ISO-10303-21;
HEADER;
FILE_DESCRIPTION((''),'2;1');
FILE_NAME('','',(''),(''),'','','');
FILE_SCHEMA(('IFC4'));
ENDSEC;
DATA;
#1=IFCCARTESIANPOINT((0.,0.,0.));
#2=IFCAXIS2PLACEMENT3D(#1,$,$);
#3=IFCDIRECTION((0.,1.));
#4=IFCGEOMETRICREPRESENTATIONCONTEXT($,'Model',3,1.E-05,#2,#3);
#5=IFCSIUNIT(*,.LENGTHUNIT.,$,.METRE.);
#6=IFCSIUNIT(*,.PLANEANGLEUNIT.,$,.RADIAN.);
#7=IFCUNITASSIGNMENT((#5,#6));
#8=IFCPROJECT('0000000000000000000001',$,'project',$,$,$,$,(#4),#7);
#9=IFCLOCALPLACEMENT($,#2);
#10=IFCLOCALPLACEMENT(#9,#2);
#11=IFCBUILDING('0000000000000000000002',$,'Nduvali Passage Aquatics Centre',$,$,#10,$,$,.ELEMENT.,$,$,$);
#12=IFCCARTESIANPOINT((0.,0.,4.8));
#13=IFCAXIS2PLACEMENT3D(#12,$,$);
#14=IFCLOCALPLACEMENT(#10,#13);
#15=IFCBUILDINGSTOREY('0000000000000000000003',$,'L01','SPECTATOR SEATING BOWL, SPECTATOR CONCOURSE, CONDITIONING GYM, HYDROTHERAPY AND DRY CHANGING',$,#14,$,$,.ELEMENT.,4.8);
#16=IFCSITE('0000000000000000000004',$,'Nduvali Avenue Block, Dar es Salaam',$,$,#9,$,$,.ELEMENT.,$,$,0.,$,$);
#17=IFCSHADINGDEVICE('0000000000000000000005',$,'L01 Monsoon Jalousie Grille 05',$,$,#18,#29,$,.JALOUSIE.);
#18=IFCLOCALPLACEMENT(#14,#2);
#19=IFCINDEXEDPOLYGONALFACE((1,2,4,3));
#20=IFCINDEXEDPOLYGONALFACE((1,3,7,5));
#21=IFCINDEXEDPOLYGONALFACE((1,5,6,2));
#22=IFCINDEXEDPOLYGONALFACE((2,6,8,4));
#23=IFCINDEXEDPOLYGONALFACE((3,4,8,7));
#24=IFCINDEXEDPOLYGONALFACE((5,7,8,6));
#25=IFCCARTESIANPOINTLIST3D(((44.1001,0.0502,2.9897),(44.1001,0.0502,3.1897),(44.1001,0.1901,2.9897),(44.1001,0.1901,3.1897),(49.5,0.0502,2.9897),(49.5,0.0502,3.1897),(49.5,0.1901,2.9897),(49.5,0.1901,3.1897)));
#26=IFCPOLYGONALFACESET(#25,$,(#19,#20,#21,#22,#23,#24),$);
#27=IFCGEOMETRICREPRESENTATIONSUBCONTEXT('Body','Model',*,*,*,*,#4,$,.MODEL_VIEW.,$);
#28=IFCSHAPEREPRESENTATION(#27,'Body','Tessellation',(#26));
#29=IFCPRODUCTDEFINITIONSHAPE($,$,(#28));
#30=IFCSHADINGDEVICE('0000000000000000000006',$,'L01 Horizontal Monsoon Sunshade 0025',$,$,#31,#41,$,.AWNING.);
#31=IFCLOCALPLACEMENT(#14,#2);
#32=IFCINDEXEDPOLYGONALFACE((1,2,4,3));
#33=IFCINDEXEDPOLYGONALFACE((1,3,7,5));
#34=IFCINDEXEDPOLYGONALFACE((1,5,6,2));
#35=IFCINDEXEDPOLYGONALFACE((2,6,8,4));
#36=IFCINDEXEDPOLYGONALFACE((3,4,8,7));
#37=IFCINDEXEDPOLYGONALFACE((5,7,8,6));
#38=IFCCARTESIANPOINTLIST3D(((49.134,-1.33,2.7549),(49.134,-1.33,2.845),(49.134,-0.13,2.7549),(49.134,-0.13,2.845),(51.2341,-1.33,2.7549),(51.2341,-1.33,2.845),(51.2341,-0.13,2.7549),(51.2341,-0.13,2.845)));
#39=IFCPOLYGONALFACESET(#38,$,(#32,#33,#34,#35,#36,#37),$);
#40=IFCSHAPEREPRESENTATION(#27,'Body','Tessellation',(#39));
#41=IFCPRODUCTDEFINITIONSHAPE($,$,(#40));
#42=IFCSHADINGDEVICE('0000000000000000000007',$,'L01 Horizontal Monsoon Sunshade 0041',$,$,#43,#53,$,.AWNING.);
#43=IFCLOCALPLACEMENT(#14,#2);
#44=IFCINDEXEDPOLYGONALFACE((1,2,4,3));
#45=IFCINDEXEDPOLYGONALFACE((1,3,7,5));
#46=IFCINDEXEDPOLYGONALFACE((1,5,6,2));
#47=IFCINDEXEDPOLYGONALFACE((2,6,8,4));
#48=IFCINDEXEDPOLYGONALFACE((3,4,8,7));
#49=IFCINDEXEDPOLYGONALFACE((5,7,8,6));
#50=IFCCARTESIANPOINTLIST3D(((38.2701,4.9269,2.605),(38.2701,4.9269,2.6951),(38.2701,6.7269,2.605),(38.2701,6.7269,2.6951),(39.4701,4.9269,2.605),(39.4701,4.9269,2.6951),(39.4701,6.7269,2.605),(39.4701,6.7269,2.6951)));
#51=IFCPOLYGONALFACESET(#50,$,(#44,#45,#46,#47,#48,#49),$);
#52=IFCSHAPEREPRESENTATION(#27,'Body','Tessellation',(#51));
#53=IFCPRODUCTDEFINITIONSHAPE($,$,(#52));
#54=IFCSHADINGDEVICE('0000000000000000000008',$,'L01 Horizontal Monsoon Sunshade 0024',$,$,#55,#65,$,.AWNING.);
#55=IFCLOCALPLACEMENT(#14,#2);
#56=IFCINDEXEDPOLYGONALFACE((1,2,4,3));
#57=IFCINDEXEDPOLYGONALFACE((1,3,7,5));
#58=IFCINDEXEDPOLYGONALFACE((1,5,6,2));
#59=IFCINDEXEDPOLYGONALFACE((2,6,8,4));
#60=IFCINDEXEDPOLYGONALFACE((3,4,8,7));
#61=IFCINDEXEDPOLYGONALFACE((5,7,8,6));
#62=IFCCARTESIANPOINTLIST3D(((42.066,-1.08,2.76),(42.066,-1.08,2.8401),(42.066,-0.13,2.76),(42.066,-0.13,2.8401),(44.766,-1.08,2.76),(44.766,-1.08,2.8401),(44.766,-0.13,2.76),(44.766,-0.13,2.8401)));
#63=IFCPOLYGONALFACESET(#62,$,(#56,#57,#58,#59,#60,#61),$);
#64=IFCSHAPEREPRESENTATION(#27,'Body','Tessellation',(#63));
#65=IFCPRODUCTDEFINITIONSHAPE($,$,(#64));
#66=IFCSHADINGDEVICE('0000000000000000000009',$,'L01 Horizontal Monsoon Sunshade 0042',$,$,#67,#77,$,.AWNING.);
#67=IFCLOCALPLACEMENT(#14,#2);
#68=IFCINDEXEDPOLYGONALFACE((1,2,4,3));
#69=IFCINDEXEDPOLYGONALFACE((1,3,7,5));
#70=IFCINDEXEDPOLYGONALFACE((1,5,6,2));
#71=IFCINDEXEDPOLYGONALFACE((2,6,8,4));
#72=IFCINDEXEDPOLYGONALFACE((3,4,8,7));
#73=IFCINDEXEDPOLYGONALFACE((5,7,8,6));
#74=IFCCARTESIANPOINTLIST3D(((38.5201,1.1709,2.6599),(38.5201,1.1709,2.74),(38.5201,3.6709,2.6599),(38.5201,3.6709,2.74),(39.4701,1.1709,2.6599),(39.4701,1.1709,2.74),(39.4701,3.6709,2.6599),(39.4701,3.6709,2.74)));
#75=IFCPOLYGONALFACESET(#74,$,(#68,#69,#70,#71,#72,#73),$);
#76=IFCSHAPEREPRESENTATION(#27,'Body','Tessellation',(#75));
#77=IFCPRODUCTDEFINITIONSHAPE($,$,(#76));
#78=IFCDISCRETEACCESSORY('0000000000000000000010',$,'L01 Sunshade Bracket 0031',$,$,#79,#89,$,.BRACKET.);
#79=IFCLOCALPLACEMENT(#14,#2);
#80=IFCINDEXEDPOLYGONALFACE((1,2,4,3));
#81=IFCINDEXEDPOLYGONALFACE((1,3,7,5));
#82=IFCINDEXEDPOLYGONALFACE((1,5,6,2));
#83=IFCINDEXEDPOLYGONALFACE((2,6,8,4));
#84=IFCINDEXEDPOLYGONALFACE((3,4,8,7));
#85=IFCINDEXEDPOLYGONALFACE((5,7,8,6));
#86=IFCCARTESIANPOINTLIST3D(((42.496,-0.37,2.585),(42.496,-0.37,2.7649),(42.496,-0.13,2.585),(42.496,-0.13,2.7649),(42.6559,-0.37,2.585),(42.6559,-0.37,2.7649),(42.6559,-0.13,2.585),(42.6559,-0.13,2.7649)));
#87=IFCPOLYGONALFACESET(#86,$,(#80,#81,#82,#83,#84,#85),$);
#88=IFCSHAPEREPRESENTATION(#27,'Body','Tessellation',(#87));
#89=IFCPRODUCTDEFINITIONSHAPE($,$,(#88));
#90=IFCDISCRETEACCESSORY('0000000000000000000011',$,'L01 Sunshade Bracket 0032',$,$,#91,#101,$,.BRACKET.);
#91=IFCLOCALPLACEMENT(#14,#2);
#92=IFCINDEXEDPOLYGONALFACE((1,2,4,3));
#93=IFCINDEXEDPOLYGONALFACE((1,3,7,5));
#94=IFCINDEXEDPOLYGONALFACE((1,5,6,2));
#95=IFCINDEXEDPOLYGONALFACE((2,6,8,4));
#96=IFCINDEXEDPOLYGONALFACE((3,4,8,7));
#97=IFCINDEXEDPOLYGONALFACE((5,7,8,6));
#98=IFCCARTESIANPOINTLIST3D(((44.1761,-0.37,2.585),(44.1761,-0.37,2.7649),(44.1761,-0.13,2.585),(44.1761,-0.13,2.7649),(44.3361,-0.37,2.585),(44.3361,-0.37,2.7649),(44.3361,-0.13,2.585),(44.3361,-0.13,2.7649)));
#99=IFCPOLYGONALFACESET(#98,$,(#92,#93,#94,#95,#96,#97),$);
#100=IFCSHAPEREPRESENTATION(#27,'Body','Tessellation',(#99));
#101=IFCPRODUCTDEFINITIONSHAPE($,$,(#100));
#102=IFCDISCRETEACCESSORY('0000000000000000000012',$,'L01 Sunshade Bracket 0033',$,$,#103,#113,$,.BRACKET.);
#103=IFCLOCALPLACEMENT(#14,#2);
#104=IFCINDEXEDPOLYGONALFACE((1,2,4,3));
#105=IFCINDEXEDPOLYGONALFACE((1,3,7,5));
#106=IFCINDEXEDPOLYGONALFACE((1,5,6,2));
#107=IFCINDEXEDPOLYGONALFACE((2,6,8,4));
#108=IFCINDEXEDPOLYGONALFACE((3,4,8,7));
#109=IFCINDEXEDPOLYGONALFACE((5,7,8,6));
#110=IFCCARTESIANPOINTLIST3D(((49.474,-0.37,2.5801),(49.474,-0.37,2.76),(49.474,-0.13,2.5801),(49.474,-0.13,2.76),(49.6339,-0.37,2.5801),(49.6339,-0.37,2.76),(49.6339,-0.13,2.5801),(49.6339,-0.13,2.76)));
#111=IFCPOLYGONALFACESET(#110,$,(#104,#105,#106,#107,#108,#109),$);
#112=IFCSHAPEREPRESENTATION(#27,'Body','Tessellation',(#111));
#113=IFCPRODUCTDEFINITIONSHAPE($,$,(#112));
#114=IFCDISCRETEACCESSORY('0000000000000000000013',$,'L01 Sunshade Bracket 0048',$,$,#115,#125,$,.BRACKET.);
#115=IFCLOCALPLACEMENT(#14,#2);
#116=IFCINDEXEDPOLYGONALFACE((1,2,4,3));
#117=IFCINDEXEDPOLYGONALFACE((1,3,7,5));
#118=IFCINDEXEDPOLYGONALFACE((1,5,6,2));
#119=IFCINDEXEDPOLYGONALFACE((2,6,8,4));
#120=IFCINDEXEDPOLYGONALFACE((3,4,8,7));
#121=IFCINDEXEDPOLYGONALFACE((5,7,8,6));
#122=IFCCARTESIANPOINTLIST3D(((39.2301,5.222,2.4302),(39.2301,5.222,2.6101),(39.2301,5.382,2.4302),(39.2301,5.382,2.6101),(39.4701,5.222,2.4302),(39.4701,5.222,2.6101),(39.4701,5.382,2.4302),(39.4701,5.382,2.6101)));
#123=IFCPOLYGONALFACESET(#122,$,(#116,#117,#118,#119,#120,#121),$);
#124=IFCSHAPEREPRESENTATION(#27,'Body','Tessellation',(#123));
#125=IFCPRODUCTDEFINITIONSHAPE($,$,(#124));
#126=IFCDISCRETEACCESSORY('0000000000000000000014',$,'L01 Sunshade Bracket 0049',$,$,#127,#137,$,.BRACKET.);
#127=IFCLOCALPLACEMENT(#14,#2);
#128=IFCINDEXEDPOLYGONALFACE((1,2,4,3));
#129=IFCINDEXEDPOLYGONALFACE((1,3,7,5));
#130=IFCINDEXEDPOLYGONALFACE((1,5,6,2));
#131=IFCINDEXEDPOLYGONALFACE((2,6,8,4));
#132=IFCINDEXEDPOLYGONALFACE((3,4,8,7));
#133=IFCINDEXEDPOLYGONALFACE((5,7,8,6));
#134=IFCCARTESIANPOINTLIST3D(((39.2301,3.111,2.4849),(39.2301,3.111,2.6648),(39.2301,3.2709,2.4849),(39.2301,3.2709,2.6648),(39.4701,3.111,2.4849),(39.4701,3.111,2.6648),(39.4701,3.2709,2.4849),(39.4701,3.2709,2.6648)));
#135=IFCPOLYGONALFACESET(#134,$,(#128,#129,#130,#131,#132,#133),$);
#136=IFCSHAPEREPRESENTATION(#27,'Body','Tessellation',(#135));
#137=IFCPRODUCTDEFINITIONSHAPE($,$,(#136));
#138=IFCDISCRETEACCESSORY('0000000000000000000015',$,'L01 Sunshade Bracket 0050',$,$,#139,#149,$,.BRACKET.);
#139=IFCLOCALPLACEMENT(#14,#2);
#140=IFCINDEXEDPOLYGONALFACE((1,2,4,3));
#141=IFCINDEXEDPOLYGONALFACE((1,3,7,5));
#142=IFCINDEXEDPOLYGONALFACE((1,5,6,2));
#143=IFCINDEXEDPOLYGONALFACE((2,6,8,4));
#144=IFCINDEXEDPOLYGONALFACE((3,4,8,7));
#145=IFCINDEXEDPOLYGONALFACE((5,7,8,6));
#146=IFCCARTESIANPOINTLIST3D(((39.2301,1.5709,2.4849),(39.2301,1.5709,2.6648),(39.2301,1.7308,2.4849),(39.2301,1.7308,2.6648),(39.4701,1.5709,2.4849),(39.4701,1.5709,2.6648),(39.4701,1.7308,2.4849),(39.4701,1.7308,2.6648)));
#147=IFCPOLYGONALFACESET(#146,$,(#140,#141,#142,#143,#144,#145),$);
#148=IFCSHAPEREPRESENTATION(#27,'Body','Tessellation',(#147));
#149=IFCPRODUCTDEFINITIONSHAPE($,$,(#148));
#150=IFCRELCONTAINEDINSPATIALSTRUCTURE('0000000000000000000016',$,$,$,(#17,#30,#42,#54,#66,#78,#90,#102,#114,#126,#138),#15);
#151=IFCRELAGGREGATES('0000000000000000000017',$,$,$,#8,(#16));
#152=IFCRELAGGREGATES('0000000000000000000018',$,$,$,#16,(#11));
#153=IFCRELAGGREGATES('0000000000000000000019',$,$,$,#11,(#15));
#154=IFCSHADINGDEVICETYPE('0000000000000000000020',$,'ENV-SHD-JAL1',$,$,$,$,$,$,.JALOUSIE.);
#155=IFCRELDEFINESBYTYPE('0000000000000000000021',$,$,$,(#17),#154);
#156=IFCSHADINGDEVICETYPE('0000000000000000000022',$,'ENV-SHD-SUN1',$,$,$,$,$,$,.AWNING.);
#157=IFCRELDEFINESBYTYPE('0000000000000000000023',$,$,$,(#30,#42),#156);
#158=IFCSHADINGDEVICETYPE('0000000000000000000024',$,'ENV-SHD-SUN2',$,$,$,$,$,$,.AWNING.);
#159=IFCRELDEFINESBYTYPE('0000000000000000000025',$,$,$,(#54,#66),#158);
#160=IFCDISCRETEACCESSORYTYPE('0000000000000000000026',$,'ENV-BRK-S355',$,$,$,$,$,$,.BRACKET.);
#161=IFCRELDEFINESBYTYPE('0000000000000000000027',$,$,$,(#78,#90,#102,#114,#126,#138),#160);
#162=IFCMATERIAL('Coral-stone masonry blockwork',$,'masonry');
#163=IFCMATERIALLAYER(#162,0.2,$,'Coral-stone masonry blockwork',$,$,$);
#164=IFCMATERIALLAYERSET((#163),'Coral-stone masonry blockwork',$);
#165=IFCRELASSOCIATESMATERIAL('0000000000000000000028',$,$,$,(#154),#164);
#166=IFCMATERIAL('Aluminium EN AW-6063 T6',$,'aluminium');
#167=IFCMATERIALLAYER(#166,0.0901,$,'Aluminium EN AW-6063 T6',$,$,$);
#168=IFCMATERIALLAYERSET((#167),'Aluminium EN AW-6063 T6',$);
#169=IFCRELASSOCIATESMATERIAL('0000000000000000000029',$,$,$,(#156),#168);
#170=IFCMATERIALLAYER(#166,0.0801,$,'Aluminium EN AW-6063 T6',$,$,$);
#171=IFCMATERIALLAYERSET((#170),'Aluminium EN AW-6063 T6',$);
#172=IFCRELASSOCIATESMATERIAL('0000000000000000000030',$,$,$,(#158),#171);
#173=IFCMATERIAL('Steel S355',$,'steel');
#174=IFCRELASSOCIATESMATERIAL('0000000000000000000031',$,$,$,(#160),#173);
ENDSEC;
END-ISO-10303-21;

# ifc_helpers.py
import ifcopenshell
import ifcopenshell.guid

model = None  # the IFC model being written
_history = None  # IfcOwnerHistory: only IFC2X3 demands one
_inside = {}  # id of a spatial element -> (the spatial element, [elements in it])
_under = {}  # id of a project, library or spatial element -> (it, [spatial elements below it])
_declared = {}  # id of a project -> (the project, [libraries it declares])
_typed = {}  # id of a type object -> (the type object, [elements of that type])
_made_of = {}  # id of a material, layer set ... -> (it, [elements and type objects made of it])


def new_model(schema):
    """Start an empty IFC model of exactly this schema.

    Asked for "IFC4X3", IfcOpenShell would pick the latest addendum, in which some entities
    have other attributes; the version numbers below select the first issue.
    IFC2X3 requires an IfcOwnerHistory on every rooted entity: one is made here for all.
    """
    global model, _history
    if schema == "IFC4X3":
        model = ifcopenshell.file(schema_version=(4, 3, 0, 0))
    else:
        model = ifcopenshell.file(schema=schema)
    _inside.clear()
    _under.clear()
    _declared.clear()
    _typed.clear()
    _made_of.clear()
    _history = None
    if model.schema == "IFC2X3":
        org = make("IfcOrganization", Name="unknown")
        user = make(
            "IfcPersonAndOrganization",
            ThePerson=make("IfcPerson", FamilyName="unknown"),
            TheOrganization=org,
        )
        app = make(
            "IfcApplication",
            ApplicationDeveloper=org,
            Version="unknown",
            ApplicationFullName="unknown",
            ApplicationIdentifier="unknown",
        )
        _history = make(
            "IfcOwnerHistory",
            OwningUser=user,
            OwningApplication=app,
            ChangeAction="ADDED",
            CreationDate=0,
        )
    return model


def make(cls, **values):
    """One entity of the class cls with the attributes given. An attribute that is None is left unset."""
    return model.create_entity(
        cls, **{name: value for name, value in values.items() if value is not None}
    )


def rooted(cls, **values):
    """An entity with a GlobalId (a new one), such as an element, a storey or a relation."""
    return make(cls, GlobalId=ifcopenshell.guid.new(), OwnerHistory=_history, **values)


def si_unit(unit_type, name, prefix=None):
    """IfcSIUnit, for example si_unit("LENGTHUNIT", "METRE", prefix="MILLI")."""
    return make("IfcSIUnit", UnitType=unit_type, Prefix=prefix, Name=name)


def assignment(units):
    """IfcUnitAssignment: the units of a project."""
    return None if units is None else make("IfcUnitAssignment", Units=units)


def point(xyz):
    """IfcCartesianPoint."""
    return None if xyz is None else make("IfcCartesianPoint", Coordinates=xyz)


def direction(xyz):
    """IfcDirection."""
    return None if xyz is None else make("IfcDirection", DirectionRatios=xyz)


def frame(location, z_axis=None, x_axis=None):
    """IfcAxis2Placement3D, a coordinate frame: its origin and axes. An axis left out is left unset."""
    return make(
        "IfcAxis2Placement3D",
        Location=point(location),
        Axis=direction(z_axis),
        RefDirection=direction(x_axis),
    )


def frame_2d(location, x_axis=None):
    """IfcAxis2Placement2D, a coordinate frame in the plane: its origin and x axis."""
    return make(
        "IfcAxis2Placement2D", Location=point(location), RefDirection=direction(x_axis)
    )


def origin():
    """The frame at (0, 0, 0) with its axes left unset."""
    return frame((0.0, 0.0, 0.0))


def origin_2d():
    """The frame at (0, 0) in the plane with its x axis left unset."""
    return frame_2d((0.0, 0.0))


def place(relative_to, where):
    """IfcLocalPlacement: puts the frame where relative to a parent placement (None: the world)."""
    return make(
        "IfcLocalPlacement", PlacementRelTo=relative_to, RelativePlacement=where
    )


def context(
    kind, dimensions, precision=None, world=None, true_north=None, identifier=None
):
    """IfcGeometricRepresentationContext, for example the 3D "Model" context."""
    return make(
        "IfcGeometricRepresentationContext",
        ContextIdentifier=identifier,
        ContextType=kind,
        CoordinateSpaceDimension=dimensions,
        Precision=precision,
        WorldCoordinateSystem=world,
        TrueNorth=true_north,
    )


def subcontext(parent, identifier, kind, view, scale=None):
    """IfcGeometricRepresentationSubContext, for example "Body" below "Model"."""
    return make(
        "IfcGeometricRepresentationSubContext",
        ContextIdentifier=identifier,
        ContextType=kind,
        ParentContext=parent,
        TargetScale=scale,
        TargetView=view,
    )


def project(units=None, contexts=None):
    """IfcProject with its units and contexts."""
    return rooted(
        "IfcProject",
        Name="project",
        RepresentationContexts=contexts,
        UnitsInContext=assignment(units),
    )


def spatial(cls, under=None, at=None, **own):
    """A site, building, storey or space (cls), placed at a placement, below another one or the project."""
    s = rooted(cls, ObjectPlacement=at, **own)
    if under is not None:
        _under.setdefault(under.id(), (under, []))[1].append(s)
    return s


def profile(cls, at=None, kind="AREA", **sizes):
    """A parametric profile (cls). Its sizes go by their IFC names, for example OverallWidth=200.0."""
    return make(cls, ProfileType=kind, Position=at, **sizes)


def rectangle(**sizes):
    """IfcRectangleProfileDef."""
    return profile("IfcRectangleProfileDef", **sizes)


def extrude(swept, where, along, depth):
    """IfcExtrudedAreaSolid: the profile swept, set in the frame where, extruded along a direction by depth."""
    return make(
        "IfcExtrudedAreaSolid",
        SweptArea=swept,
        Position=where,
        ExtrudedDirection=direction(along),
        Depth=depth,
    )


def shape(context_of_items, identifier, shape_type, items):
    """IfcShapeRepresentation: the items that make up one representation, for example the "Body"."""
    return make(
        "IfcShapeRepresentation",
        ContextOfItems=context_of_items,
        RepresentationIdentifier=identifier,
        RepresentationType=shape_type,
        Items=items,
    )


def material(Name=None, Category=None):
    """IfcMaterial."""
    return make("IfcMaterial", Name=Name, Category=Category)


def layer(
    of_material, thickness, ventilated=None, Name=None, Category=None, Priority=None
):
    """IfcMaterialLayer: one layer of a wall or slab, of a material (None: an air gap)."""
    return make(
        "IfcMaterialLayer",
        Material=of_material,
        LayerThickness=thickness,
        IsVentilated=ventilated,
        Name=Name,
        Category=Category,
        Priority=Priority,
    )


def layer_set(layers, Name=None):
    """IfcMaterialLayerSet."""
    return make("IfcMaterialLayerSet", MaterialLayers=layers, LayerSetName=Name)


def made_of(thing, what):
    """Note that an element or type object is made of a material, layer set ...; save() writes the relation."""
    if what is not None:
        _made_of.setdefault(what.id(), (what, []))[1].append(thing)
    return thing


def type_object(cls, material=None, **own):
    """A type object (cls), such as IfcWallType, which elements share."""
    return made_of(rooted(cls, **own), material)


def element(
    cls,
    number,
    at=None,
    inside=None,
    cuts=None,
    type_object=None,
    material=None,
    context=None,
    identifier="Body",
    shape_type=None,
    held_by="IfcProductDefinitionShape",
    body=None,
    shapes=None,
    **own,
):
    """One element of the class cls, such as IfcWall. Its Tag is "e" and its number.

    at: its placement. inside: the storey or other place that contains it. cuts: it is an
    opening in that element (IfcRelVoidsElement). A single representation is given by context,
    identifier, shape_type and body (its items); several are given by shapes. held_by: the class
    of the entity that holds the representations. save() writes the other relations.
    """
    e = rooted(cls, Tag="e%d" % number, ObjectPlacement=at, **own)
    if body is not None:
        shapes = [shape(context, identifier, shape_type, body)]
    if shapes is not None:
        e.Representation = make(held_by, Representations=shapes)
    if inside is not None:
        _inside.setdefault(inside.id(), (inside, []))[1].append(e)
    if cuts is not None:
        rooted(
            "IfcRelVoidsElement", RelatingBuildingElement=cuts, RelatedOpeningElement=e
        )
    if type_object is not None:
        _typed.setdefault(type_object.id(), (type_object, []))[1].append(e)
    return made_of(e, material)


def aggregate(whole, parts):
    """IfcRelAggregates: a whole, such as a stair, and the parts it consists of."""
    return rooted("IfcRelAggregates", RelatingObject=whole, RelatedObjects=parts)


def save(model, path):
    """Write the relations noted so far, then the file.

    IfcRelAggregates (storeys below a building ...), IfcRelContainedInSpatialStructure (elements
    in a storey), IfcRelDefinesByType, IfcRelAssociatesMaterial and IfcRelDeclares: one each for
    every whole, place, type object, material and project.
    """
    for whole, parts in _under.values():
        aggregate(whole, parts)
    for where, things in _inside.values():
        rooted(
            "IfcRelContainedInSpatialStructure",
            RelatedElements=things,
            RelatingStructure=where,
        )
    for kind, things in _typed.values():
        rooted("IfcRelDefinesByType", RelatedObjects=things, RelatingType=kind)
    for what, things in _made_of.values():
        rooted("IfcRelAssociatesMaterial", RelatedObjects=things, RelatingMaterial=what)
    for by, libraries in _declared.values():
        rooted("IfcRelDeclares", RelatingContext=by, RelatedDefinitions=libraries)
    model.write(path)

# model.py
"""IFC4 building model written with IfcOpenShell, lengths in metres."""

from ifc_helpers import new_model, si_unit, direction, frame, origin, origin_2d, place, context, subcontext, project, spatial, rectangle, extrude, material, layer, layer_set, type_object, element, save


model = new_model("IFC4")

# Units and contexts
model_context = context("Model", 3, precision=1e-05, world=origin(), true_north=direction((0.0, 1.0)))
body_context = subcontext(model_context, "Body", "Model", "MODEL_VIEW")
ifc_project = project(units=[si_unit("LENGTHUNIT", "METRE"), si_unit("PLANEANGLEUNIT", "RADIAN")], contexts=[model_context])

# Site, building, storey
site_placement = place(None, origin())
site = spatial("IfcSite", under=ifc_project, at=site_placement, Name="Nduvali Avenue Block, Dar es Salaam", CompositionType="ELEMENT", RefElevation=0.0)
building_placement = place(site_placement, origin())
building = spatial("IfcBuilding", under=site, at=building_placement, Name="Nduvali Passage Aquatics Centre", CompositionType="ELEMENT")
storey_placement = place(building_placement, frame((0.0, 0.0, 4.8)))
storey = spatial("IfcBuildingStorey", under=building, at=storey_placement, Name="L01", Description="SPECTATOR SEATING BOWL, SPECTATOR CONCOURSE, CONDITIONING GYM, HYDROTHERAPY AND DRY CHANGING", CompositionType="ELEMENT", Elevation=4.8)

# Shared definitions
ifc_material_1 = material(Name="Steel S355", Category="steel")

# Shared definitions
ifc_material_2 = material(Name="Coral-stone masonry blockwork", Category="masonry")

# Shading devices
ifc_layer_1 = layer(ifc_material_2, 0.2, Name="Coral-stone masonry blockwork")
ifc_layer_set_1 = layer_set([ifc_layer_1], Name="Coral-stone masonry blockwork")
shading_device_type_1 = type_object("IfcShadingDeviceType", Name="ENV-SHD-JAL1", PredefinedType="JALOUSIE", material=ifc_layer_set_1)
shading_device_1_placement = place(storey_placement, frame((46.8, 0.1201, 2.9897), z_axis=(0.0, 0.0, 1.0), x_axis=(1.0, 0.0, 0.0)))
element("IfcShadingDevice", 1, at=shading_device_1_placement, inside=storey, type_object=shading_device_type_1, Name="L01 Monsoon Jalousie Grille 05", PredefinedType="JALOUSIE", context=body_context, shape_type="SweptSolid", body=[
    extrude(rectangle(XDim=5.3999, YDim=0.1399, at=origin_2d()), origin(), (0.0, 0.0, 1.0), 0.2),
])
ifc_material_3 = material(Name="Aluminium EN AW-6063 T6", Category="aluminium")
ifc_layer_2 = layer(ifc_material_3, 0.0901, Name="Aluminium EN AW-6063 T6")
ifc_layer_set_2 = layer_set([ifc_layer_2], Name="Aluminium EN AW-6063 T6")
shading_device_type_2 = type_object("IfcShadingDeviceType", Name="ENV-SHD-SUN1", PredefinedType="AWNING", material=ifc_layer_set_2)
shading_device_2_placement = place(storey_placement, frame((50.1841, -0.73, 2.7549), z_axis=(0.0, 0.0, 1.0), x_axis=(1.0, 0.0, 0.0)))
element("IfcShadingDevice", 2, at=shading_device_2_placement, inside=storey, type_object=shading_device_type_2, Name="L01 Horizontal Monsoon Sunshade 0025", PredefinedType="AWNING", context=body_context, shape_type="SweptSolid", body=[
    extrude(rectangle(XDim=2.1001, YDim=1.2, at=origin_2d()), origin(), (0.0, 0.0, 1.0), 0.0901),
])
shading_device_3_placement = place(storey_placement, frame((38.8701, 5.8269, 2.605), z_axis=(0.0, 0.0, 1.0), x_axis=(0.0, -1.0, 0.0)))
element("IfcShadingDevice", 3, at=shading_device_3_placement, inside=storey, type_object=shading_device_type_2, Name="L01 Horizontal Monsoon Sunshade 0041", PredefinedType="AWNING", context=body_context, shape_type="SweptSolid", body=[
    extrude(rectangle(XDim=1.8, YDim=1.2, at=origin_2d()), origin(), (0.0, 0.0, 1.0), 0.0901),
])
ifc_layer_3 = layer(ifc_material_3, 0.0801, Name="Aluminium EN AW-6063 T6")
ifc_layer_set_3 = layer_set([ifc_layer_3], Name="Aluminium EN AW-6063 T6")
shading_device_type_3 = type_object("IfcShadingDeviceType", Name="ENV-SHD-SUN2", PredefinedType="AWNING", material=ifc_layer_set_3)
shading_device_4_placement = place(storey_placement, frame((43.416, -0.605, 2.76), z_axis=(0.0, 0.0, 1.0), x_axis=(1.0, 0.0, 0.0)))
element("IfcShadingDevice", 4, at=shading_device_4_placement, inside=storey, type_object=shading_device_type_3, Name="L01 Horizontal Monsoon Sunshade 0024", PredefinedType="AWNING", context=body_context, shape_type="SweptSolid", body=[
    extrude(rectangle(XDim=2.7, YDim=0.95, at=origin_2d()), origin(), (0.0, 0.0, 1.0), 0.0801),
])
shading_device_5_placement = place(storey_placement, frame((38.9951, 2.4209, 2.6599), z_axis=(0.0, 0.0, 1.0), x_axis=(0.0, -1.0, 0.0)))
element("IfcShadingDevice", 5, at=shading_device_5_placement, inside=storey, type_object=shading_device_type_3, Name="L01 Horizontal Monsoon Sunshade 0042", PredefinedType="AWNING", context=body_context, shape_type="SweptSolid", body=[
    extrude(rectangle(XDim=2.5, YDim=0.95, at=origin_2d()), origin(), (0.0, 0.0, 1.0), 0.0801),
])

# Discrete accessories
discrete_accessory_type = type_object("IfcDiscreteAccessoryType", Name="ENV-BRK-S355", PredefinedType="BRACKET", material=ifc_material_1)
for number, where, z_axis, x_axis, name in (
    (6, (42.5759, -0.25, 2.585), (0.0, 0.0, 1.0), (1.0, 0.0, 0.0), "L01 Sunshade Bracket 0031"),
    (7, (44.2561, -0.25, 2.585), (0.0, 0.0, 1.0), (1.0, 0.0, 0.0), "L01 Sunshade Bracket 0032"),
    (8, (49.554, -0.25, 2.5801), (0.0, 0.0, 1.0), (1.0, 0.0, 0.0), "L01 Sunshade Bracket 0033"),
    (9, (39.3501, 5.302, 2.4302), (0.0, 0.0, 1.0), (0.0, -1.0, 0.0), "L01 Sunshade Bracket 0048"),
    (10, (39.3501, 3.1909, 2.4849), (0.0, 0.0, 1.0), (0.0, -1.0, 0.0), "L01 Sunshade Bracket 0049"),
    (11, (39.3501, 1.6509, 2.4849), (0.0, 0.0, 1.0), (0.0, -1.0, 0.0), "L01 Sunshade Bracket 0050"),
):
    element("IfcDiscreteAccessory", number, at=place(storey_placement, frame(where, z_axis=z_axis, x_axis=x_axis)), inside=storey, type_object=discrete_accessory_type, Name=name, PredefinedType="BRACKET", context=body_context, shape_type="SweptSolid", body=[
        extrude(rectangle(XDim=0.1599, YDim=0.24, at=origin_2d()), origin(), (0.0, 0.0, 1.0), 0.1799),
    ])

save(model, "model.ifc")
